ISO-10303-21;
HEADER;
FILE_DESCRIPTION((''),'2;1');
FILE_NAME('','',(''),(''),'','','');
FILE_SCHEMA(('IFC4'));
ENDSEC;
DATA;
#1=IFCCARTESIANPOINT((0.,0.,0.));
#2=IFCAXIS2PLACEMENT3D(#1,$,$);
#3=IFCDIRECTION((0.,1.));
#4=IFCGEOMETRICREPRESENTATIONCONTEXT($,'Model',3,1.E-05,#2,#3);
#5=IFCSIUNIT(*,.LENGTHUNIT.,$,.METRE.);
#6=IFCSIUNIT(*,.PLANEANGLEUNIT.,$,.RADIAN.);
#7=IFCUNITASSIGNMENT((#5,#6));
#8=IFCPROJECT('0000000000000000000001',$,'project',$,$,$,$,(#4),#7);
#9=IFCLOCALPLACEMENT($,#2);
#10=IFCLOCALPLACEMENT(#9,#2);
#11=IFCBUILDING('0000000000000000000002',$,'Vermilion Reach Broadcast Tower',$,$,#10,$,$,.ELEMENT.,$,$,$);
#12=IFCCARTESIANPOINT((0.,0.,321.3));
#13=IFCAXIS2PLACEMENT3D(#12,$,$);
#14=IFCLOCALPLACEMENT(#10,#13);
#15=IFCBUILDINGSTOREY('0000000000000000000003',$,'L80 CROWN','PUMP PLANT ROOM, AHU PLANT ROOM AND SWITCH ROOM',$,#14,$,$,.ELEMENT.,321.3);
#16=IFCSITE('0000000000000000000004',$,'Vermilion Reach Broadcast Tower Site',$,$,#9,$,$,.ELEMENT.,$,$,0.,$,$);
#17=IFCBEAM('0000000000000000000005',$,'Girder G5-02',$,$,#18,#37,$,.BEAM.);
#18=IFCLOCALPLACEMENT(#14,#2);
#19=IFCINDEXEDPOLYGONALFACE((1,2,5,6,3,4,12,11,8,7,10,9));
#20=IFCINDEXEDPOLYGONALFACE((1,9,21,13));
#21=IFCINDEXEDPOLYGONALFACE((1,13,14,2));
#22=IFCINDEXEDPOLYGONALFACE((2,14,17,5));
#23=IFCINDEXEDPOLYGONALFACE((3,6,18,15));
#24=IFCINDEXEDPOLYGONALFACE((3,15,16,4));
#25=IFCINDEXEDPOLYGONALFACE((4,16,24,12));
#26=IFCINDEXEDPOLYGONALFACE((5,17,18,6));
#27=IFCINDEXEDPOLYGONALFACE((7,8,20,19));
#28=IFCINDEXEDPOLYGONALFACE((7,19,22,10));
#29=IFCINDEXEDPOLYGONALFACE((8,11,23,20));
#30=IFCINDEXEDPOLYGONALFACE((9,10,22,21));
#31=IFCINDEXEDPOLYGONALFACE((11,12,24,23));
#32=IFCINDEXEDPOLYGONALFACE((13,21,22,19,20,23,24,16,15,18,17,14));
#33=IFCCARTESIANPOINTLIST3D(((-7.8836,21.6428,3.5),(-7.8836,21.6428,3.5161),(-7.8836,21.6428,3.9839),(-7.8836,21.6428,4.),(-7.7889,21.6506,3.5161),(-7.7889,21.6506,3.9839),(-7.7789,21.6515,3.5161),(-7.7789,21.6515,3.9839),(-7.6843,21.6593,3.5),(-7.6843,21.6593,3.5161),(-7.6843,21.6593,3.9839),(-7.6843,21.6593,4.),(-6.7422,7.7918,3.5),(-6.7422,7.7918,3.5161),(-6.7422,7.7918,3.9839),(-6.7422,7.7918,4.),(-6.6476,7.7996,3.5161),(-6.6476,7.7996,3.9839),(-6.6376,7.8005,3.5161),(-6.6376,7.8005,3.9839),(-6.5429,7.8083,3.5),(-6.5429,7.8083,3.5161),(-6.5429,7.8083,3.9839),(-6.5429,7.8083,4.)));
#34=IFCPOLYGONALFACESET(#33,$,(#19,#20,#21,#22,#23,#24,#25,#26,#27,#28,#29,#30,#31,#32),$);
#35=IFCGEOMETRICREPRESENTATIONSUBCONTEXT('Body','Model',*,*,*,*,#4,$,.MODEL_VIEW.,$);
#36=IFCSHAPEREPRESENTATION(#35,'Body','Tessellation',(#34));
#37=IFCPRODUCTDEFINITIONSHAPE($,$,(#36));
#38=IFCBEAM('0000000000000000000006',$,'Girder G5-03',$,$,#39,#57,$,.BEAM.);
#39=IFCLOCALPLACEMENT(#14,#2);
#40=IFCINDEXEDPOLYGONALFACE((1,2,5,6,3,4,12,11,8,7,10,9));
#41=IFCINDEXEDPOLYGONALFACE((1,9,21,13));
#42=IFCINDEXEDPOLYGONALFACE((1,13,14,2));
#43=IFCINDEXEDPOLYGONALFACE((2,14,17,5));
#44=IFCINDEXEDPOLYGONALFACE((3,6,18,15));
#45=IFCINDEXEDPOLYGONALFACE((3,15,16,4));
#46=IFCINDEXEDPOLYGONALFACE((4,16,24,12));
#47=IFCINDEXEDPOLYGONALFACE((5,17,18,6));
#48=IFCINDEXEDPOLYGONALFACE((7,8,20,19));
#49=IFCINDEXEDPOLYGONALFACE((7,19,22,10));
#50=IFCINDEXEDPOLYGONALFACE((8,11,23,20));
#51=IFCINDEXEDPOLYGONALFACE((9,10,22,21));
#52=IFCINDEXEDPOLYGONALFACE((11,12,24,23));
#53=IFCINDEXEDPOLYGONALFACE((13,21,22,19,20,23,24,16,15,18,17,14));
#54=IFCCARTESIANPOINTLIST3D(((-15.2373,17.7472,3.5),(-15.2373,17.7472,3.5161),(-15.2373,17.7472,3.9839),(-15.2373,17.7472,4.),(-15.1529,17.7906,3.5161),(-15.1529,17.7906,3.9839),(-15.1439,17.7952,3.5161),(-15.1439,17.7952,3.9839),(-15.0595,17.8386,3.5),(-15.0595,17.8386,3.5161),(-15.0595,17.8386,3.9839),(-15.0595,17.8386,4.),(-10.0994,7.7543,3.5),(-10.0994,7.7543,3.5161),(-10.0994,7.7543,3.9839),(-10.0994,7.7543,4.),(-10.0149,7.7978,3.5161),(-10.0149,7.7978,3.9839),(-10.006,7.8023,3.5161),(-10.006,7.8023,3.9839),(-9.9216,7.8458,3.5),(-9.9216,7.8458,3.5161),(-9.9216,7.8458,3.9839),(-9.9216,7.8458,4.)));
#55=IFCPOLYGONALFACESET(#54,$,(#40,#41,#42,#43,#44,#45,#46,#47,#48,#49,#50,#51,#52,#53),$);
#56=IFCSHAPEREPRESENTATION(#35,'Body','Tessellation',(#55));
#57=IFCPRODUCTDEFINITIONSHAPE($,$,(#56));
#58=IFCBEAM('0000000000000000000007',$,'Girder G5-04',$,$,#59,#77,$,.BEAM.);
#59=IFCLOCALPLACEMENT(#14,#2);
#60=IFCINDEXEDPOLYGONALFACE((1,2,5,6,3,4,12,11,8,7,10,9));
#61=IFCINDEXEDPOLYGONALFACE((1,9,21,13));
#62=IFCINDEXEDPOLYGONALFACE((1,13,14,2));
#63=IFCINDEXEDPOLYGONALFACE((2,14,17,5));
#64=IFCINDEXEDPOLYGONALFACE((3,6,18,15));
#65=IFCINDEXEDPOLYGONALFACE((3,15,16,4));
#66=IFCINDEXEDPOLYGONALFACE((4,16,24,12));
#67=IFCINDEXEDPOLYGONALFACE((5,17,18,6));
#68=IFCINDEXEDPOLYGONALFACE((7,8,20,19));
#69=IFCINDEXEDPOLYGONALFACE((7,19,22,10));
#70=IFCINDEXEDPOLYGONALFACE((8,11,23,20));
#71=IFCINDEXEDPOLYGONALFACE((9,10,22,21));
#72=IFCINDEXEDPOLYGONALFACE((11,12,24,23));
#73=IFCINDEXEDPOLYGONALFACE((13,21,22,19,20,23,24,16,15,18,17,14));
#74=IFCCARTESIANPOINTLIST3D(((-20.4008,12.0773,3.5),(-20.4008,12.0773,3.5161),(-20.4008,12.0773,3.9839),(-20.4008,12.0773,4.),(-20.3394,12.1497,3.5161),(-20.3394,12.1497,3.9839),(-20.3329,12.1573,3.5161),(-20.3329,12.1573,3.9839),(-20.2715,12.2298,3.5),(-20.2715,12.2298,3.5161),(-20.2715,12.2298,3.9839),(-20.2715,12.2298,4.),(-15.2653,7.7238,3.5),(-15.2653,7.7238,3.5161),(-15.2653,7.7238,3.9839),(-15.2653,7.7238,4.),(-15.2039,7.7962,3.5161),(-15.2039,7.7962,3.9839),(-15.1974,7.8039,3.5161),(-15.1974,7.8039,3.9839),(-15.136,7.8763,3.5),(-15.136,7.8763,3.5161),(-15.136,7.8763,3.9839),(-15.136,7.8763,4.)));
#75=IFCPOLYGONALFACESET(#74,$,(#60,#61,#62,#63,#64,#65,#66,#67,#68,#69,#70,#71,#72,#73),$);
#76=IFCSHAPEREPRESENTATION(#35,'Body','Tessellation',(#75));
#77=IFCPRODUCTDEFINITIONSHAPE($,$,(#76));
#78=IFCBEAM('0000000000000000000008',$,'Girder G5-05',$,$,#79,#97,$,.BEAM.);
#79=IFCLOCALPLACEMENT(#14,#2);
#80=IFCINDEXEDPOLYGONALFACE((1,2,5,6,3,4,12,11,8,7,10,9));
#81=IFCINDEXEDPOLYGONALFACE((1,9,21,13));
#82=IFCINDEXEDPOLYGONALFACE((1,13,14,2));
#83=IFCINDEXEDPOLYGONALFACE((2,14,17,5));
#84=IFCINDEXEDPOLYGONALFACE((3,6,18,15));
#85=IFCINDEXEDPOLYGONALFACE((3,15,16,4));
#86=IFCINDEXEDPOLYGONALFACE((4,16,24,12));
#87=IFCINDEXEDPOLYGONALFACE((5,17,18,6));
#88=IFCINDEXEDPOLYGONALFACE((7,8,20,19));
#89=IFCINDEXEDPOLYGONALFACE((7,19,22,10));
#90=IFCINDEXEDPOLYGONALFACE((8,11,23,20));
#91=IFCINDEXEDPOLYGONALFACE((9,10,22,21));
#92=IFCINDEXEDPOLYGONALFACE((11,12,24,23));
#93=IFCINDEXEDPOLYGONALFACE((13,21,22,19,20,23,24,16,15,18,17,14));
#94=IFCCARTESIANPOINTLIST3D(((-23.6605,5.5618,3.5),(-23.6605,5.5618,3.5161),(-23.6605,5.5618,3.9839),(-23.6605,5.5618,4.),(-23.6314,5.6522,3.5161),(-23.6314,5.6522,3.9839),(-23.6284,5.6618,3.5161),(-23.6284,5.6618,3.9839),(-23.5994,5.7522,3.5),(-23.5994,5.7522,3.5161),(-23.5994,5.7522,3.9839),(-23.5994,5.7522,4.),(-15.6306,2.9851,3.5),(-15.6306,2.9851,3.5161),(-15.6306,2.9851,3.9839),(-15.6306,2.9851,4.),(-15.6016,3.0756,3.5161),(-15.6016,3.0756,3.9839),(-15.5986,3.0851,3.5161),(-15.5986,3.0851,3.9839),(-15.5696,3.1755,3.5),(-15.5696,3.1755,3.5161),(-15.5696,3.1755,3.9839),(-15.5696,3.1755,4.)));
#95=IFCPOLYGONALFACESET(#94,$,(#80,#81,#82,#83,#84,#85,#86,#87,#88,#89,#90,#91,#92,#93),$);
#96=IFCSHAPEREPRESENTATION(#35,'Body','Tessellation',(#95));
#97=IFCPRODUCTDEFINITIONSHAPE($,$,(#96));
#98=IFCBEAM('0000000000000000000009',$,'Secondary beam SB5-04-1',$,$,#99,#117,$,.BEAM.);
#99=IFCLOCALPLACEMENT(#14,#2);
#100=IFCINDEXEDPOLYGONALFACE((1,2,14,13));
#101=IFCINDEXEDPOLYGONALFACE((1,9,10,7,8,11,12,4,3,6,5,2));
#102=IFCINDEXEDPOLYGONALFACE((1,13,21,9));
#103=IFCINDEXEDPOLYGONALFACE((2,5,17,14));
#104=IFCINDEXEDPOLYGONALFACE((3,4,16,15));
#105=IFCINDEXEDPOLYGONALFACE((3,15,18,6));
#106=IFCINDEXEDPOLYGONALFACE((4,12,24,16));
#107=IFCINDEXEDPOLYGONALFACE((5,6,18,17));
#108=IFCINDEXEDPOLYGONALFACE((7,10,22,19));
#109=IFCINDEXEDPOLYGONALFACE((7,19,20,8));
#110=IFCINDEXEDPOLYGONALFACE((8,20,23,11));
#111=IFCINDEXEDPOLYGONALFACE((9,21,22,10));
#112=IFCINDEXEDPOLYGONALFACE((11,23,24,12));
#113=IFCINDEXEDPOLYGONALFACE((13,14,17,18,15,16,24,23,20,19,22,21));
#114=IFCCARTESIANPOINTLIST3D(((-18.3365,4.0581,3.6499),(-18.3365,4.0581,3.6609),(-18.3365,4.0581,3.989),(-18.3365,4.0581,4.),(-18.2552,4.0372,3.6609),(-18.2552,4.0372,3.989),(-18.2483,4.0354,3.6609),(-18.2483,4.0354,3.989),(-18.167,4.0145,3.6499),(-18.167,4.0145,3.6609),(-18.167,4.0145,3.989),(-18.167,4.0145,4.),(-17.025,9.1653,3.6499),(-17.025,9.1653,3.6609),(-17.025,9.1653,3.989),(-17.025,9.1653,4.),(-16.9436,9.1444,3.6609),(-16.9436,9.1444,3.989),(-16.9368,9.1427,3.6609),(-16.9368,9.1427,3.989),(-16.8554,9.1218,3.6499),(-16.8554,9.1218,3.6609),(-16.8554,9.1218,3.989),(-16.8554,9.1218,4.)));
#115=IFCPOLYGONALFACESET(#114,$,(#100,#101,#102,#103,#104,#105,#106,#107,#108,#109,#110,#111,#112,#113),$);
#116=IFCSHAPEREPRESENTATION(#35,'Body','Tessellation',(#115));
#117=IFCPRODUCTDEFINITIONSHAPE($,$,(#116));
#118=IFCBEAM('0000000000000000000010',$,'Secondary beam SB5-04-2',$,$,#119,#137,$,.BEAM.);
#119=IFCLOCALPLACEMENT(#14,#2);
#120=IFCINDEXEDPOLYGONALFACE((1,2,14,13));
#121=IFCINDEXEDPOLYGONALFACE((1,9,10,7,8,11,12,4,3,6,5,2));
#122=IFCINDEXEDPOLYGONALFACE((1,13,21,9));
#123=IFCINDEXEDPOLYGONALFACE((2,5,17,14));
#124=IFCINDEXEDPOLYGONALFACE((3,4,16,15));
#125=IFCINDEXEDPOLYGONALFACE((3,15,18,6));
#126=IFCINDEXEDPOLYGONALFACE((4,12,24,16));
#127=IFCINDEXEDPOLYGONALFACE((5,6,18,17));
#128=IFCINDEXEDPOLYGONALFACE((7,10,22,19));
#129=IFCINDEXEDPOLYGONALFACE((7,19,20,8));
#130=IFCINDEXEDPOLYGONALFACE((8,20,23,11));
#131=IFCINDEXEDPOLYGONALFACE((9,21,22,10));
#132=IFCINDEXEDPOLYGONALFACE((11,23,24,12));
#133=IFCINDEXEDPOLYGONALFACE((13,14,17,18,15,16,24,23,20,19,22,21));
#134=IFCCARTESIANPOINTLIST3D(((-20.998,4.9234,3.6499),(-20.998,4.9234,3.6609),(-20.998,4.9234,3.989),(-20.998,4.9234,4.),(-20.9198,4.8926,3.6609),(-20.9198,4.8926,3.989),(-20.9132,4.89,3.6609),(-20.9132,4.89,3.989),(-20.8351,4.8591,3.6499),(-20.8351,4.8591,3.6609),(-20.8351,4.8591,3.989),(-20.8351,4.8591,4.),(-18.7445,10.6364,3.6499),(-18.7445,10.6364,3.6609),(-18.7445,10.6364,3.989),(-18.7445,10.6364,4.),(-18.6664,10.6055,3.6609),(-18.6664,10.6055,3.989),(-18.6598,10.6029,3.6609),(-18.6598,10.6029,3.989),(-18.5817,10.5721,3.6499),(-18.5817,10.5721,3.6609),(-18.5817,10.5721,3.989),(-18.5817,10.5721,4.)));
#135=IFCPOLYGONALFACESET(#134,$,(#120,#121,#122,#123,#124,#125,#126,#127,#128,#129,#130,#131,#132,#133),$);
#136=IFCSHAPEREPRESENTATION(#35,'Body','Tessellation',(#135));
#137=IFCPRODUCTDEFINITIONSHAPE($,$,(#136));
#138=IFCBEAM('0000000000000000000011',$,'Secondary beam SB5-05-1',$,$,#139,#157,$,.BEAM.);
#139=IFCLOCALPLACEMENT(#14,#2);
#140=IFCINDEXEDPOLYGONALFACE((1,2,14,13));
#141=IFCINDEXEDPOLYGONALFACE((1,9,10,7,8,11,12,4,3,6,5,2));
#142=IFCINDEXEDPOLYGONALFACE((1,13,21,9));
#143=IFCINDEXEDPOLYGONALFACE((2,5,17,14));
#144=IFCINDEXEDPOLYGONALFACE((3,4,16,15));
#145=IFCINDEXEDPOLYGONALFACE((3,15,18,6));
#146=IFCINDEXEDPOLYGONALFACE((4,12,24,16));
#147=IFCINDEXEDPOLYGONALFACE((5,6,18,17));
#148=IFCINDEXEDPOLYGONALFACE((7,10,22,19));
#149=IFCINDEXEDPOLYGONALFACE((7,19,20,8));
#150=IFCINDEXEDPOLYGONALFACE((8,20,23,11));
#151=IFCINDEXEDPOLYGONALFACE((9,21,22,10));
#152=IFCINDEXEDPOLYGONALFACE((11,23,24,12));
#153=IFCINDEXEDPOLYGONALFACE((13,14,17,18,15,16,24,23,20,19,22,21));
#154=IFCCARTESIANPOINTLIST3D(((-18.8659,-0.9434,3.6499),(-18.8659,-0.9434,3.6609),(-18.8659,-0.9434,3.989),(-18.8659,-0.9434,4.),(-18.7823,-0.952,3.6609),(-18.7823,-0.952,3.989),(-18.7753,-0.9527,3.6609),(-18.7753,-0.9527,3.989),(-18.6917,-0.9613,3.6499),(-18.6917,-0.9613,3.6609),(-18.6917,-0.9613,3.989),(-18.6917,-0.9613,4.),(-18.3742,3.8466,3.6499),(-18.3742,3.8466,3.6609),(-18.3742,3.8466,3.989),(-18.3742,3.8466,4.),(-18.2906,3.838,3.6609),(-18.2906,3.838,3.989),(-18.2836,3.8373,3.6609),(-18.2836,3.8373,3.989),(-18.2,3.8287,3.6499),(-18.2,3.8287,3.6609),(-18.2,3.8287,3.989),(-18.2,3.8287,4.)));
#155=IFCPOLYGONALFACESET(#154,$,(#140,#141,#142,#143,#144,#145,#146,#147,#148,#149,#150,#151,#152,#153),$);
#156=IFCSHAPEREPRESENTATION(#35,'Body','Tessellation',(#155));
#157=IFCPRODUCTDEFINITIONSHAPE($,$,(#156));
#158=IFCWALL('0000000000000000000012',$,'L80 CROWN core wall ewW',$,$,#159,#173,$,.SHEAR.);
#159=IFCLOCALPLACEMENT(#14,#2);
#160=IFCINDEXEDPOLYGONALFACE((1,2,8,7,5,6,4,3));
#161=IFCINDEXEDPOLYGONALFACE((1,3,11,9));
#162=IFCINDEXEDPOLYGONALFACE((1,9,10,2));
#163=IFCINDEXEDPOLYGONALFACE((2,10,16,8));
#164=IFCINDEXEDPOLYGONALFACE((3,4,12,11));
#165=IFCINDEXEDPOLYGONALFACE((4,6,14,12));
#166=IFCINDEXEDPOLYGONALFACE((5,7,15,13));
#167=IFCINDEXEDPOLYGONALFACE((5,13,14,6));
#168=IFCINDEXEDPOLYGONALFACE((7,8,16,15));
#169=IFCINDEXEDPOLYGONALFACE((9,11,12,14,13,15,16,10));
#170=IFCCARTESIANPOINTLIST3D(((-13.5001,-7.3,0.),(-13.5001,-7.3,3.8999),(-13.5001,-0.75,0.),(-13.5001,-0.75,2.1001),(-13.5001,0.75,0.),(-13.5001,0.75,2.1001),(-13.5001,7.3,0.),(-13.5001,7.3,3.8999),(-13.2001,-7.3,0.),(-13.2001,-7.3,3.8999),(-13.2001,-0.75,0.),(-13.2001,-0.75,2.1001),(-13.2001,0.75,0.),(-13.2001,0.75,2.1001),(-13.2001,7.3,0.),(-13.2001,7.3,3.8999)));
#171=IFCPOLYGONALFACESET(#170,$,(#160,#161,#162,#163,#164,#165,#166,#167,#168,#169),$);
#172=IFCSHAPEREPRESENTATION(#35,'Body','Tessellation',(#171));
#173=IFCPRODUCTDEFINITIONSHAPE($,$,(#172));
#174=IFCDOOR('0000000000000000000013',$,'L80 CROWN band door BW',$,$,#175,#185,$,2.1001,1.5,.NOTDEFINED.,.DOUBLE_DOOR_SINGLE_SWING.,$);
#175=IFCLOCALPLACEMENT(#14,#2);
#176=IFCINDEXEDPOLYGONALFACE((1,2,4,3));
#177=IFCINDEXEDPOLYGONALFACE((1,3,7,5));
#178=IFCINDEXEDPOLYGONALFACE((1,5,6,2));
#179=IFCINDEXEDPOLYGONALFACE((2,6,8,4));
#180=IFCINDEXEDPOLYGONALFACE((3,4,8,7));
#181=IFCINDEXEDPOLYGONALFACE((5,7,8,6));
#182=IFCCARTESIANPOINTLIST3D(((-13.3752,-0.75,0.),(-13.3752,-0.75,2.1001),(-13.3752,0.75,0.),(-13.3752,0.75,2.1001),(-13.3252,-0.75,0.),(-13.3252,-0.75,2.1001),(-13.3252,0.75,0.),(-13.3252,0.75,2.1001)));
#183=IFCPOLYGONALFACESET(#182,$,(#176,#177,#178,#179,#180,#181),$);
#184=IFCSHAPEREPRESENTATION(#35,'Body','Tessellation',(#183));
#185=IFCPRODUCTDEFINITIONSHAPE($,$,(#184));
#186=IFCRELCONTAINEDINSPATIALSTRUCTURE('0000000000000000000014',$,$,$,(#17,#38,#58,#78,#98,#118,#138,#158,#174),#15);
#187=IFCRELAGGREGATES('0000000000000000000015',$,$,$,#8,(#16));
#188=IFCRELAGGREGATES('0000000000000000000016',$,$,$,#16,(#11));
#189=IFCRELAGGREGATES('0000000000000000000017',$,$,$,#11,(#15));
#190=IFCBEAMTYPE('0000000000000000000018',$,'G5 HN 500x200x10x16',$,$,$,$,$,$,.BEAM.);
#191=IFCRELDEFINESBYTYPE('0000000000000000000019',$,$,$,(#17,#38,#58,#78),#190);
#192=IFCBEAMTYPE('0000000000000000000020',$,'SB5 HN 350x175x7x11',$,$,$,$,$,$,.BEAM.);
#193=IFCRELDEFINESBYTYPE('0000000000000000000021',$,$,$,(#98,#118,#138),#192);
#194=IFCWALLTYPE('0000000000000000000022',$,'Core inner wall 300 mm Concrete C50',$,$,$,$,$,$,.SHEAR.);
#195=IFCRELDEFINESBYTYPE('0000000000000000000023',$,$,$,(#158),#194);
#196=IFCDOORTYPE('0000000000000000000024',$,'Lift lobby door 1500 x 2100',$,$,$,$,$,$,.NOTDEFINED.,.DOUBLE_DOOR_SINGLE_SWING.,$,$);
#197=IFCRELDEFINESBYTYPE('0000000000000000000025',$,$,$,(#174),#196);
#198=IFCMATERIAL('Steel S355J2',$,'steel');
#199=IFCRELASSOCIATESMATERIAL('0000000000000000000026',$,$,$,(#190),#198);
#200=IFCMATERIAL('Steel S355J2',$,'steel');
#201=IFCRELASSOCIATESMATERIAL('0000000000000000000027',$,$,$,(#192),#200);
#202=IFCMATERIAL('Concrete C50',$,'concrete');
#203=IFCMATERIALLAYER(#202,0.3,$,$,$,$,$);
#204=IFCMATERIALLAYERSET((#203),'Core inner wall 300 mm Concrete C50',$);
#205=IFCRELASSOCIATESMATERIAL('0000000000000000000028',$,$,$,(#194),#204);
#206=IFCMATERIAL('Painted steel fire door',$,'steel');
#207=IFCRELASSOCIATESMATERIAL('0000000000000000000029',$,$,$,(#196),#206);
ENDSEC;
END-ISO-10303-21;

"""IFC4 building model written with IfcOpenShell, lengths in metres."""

from ifc_helpers import new_model, si_unit, direction, frame, frame_2d, origin, origin_2d, place, context, subcontext, project, spatial, rectangle, i_section, extrude, material, layer, layer_set, material_profile, profile_set, type_object, element, fill, save


model = new_model("IFC4")

# Units and contexts
model_context = context("Model", 3, precision=1e-05, world=origin(), true_north=direction((0.0, 1.0)))
body_context = subcontext(model_context, "Body", "Model", "MODEL_VIEW")
ifc_project = project(units=[si_unit("LENGTHUNIT", "METRE"), si_unit("PLANEANGLEUNIT", "RADIAN")], contexts=[model_context])

# Site, building, storey
site_placement = place(None, origin())
site = spatial("IfcSite", under=ifc_project, at=site_placement, Name="Vermilion Reach Broadcast Tower Site", CompositionType="ELEMENT", RefElevation=0.0)
building_placement = place(site_placement, origin())
building = spatial("IfcBuilding", under=site, at=building_placement, Name="Vermilion Reach Broadcast Tower", CompositionType="ELEMENT")
storey_placement = place(building_placement, frame((0.0, 0.0, 321.3)))
storey = spatial("IfcBuildingStorey", under=building, at=storey_placement, Name="L80 CROWN", Description="PUMP PLANT ROOM, AHU PLANT ROOM AND SWITCH ROOM", CompositionType="ELEMENT", Elevation=321.3)

# Beams
ifc_material_1 = material(Name="Steel S355J2", Category="steel")
ifc_material_profile_1 = material_profile(ifc_material_1, i_section(OverallWidth=0.2, OverallDepth=0.5, WebThickness=0.01, FlangeThickness=0.0161, at=origin_2d()), Name="S355J2 HN 500x200x10x16")
ifc_profile_set_1 = profile_set([ifc_material_profile_1], Name="Steel S355J2")
beam_type_1 = type_object("IfcBeamType", Name="G5 HN 500x200x10x16", PredefinedType="BEAM", material=ifc_profile_set_1)
beam_1_placement = place(storey_placement, frame((-6.6426, 7.8, 3.75), z_axis=(-0.082124, 0.996622, 0.0), x_axis=(-0.996622, -0.082124, 0.0)))
element("IfcBeam", 1, at=beam_1_placement, inside=storey, type_object=beam_type_1, Name="Girder G5-02", PredefinedType="BEAM", context=body_context, shape_type="SweptSolid", body=[
    extrude(i_section(OverallWidth=0.2, OverallDepth=0.5, WebThickness=0.01, FlangeThickness=0.0161, at=origin_2d()), origin(), (0.0, 0.0, 1.0), 13.8979),
])
beam_2_placement = place(storey_placement, frame((-10.0105, 7.8, 3.75), z_axis=(-0.457258, 0.889334, 0.0), x_axis=(-0.889334, -0.457258, 0.0)))
element("IfcBeam", 2, at=beam_2_placement, inside=storey, type_object=beam_type_1, Name="Girder G5-03", PredefinedType="BEAM", context=body_context, shape_type="SweptSolid", body=[
    extrude(i_section(OverallWidth=0.2, OverallDepth=0.5, WebThickness=0.01, FlangeThickness=0.0161, at=origin_2d()), origin(), (0.0, 0.0, 1.0), 11.2363),
])
beam_3_placement = place(storey_placement, frame((-15.2007, 7.8, 3.75), z_axis=(-0.762793, 0.646643, 0.0), x_axis=(-0.646643, -0.762793, 0.0)))
element("IfcBeam", 3, at=beam_3_placement, inside=storey, type_object=beam_type_1, Name="Girder G5-04", PredefinedType="BEAM", context=body_context, shape_type="SweptSolid", body=[
    extrude(i_section(OverallWidth=0.2, OverallDepth=0.5, WebThickness=0.01, FlangeThickness=0.0161, at=origin_2d()), origin(), (0.0, 0.0, 1.0), 6.7324),
])
beam_4_placement = place(storey_placement, frame((-15.6001, 3.0803, 3.75), z_axis=(-0.952178, 0.305542, 0.0), x_axis=(-0.305542, -0.952178, 0.0)))
element("IfcBeam", 4, at=beam_4_placement, inside=storey, type_object=beam_type_1, Name="Girder G5-05", PredefinedType="BEAM", context=body_context, shape_type="SweptSolid", body=[
    extrude(i_section(OverallWidth=0.2, OverallDepth=0.5, WebThickness=0.01, FlangeThickness=0.0161, at=origin_2d()), origin(), (0.0, 0.0, 1.0), 8.4331),
])
ifc_material_2 = material(Name="Steel S355J2", Category="steel")
ifc_material_profile_2 = material_profile(ifc_material_2, i_section(OverallWidth=0.175, OverallDepth=0.3501, WebThickness=0.0071, FlangeThickness=0.011, at=origin_2d()), Name="S355J2 HN 350x175x7x11")
ifc_profile_set_2 = profile_set([ifc_material_profile_2], Name="Steel S355J2")
beam_type_2 = type_object("IfcBeamType", Name="SB5 HN 350x175x7x11", PredefinedType="BEAM", material=ifc_profile_set_2)
beam_5_placement = place(storey_placement, frame((-16.9402, 9.1436, 3.825), z_axis=(-0.24873, -0.968573, 0.0), x_axis=(0.968573, -0.24873, 0.0)))
element("IfcBeam", 5, at=beam_5_placement, inside=storey, type_object=beam_type_2, Name="Secondary beam SB5-04-1", PredefinedType="BEAM", context=body_context, shape_type="SweptSolid", body=[
    extrude(i_section(OverallWidth=0.175, OverallDepth=0.3501, WebThickness=0.0071, FlangeThickness=0.011, at=origin_2d()), origin(), (0.0, 0.0, 1.0), 5.2729),
])
beam_6_placement = place(storey_placement, frame((-18.6631, 10.6042, 3.825), z_axis=(-0.366931, -0.930248, 0.0), x_axis=(0.930248, -0.366931, 0.0)))
element("IfcBeam", 6, at=beam_6_placement, inside=storey, type_object=beam_type_2, Name="Secondary beam SB5-04-2", PredefinedType="BEAM", context=body_context, shape_type="SweptSolid", body=[
    extrude(i_section(OverallWidth=0.175, OverallDepth=0.3501, WebThickness=0.0071, FlangeThickness=0.011, at=origin_2d()), origin(), (0.0, 0.0, 1.0), 6.1414),
])
beam_7_placement = place(storey_placement, frame((-18.2871, 3.8376, 3.825), z_axis=(-0.102114, -0.994773, 0.0), x_axis=(0.994773, -0.102114, 0.0)))
element("IfcBeam", 7, at=beam_7_placement, inside=storey, type_object=beam_type_2, Name="Secondary beam SB5-05-1", PredefinedType="BEAM", context=body_context, shape_type="SweptSolid", body=[
    extrude(i_section(OverallWidth=0.175, OverallDepth=0.3501, WebThickness=0.0071, FlangeThickness=0.011, at=origin_2d()), origin(), (0.0, 0.0, 1.0), 4.8152),
])

# Wall, opening, door
ifc_material_3 = material(Name="Concrete C50", Category="concrete")
ifc_layer_1 = layer(ifc_material_3, 0.3)
ifc_layer_set_1 = layer_set([ifc_layer_1], Name="Core inner wall 300 mm Concrete C50")
wall_type_1 = type_object("IfcWallType", Name="Core inner wall 300 mm Concrete C50", PredefinedType="SHEAR", material=ifc_layer_set_1)
wall_1_placement = place(storey_placement, frame((-13.3501, 7.3, 0.0), z_axis=(0.0, 0.0, 1.0), x_axis=(0.0, -1.0, 0.0)))
wall_1 = element("IfcWall", 8, at=wall_1_placement, inside=storey, type_object=wall_type_1, Name="L80 CROWN core wall ewW", PredefinedType="SHEAR", context=body_context, shape_type="SweptSolid", body=[
    extrude(rectangle(XDim=14.6001, YDim=0.3, at=frame_2d((7.3, 0.0))), origin(), (0.0, 0.0, 1.0), 3.8999),
])
opening_1_placement = place(wall_1_placement, frame((6.55, 0.0, 0.0)))
opening_1 = element("IfcOpeningElement", 9, at=opening_1_placement, cuts=wall_1, PredefinedType="OPENING", context=body_context, shape_type="SweptSolid", body=[
    extrude(rectangle(XDim=1.5, YDim=2.1001, at=frame_2d((0.75, 1.05))), frame((0.0, 0.1599, 0.0), z_axis=(0.0, -1.0, 0.0), x_axis=(1.0, 0.0, 0.0)), (0.0, 0.0, 1.0), 0.3201),
])
ifc_material_4 = material(Name="Painted steel fire door", Category="steel")
door_type_1 = type_object("IfcDoorType", Name="Lift lobby door 1500 x 2100", OperationType="DOUBLE_DOOR_SINGLE_SWING", PredefinedType="NOTDEFINED", material=ifc_material_4)
door_1_placement = place(opening_1_placement, origin())
door_1 = element("IfcDoor", 10, at=door_1_placement, inside=storey, type_object=door_type_1, Name="L80 CROWN band door BW", OperationType="DOUBLE_DOOR_SINGLE_SWING", OverallHeight=2.1001, OverallWidth=1.5, PredefinedType="NOTDEFINED", context=body_context, shape_type="SweptSolid", body=[
    extrude(rectangle(XDim=1.5, YDim=2.1001, at=frame_2d((0.75, 1.05))), frame((0.0, 0.0249, 0.0), z_axis=(0.0, -1.0, 0.0), x_axis=(1.0, 0.0, 0.0)), (0.0, 0.0, 1.0), 0.05),
])
fill(opening_1, door_1)

save(model, "model.ifc")
